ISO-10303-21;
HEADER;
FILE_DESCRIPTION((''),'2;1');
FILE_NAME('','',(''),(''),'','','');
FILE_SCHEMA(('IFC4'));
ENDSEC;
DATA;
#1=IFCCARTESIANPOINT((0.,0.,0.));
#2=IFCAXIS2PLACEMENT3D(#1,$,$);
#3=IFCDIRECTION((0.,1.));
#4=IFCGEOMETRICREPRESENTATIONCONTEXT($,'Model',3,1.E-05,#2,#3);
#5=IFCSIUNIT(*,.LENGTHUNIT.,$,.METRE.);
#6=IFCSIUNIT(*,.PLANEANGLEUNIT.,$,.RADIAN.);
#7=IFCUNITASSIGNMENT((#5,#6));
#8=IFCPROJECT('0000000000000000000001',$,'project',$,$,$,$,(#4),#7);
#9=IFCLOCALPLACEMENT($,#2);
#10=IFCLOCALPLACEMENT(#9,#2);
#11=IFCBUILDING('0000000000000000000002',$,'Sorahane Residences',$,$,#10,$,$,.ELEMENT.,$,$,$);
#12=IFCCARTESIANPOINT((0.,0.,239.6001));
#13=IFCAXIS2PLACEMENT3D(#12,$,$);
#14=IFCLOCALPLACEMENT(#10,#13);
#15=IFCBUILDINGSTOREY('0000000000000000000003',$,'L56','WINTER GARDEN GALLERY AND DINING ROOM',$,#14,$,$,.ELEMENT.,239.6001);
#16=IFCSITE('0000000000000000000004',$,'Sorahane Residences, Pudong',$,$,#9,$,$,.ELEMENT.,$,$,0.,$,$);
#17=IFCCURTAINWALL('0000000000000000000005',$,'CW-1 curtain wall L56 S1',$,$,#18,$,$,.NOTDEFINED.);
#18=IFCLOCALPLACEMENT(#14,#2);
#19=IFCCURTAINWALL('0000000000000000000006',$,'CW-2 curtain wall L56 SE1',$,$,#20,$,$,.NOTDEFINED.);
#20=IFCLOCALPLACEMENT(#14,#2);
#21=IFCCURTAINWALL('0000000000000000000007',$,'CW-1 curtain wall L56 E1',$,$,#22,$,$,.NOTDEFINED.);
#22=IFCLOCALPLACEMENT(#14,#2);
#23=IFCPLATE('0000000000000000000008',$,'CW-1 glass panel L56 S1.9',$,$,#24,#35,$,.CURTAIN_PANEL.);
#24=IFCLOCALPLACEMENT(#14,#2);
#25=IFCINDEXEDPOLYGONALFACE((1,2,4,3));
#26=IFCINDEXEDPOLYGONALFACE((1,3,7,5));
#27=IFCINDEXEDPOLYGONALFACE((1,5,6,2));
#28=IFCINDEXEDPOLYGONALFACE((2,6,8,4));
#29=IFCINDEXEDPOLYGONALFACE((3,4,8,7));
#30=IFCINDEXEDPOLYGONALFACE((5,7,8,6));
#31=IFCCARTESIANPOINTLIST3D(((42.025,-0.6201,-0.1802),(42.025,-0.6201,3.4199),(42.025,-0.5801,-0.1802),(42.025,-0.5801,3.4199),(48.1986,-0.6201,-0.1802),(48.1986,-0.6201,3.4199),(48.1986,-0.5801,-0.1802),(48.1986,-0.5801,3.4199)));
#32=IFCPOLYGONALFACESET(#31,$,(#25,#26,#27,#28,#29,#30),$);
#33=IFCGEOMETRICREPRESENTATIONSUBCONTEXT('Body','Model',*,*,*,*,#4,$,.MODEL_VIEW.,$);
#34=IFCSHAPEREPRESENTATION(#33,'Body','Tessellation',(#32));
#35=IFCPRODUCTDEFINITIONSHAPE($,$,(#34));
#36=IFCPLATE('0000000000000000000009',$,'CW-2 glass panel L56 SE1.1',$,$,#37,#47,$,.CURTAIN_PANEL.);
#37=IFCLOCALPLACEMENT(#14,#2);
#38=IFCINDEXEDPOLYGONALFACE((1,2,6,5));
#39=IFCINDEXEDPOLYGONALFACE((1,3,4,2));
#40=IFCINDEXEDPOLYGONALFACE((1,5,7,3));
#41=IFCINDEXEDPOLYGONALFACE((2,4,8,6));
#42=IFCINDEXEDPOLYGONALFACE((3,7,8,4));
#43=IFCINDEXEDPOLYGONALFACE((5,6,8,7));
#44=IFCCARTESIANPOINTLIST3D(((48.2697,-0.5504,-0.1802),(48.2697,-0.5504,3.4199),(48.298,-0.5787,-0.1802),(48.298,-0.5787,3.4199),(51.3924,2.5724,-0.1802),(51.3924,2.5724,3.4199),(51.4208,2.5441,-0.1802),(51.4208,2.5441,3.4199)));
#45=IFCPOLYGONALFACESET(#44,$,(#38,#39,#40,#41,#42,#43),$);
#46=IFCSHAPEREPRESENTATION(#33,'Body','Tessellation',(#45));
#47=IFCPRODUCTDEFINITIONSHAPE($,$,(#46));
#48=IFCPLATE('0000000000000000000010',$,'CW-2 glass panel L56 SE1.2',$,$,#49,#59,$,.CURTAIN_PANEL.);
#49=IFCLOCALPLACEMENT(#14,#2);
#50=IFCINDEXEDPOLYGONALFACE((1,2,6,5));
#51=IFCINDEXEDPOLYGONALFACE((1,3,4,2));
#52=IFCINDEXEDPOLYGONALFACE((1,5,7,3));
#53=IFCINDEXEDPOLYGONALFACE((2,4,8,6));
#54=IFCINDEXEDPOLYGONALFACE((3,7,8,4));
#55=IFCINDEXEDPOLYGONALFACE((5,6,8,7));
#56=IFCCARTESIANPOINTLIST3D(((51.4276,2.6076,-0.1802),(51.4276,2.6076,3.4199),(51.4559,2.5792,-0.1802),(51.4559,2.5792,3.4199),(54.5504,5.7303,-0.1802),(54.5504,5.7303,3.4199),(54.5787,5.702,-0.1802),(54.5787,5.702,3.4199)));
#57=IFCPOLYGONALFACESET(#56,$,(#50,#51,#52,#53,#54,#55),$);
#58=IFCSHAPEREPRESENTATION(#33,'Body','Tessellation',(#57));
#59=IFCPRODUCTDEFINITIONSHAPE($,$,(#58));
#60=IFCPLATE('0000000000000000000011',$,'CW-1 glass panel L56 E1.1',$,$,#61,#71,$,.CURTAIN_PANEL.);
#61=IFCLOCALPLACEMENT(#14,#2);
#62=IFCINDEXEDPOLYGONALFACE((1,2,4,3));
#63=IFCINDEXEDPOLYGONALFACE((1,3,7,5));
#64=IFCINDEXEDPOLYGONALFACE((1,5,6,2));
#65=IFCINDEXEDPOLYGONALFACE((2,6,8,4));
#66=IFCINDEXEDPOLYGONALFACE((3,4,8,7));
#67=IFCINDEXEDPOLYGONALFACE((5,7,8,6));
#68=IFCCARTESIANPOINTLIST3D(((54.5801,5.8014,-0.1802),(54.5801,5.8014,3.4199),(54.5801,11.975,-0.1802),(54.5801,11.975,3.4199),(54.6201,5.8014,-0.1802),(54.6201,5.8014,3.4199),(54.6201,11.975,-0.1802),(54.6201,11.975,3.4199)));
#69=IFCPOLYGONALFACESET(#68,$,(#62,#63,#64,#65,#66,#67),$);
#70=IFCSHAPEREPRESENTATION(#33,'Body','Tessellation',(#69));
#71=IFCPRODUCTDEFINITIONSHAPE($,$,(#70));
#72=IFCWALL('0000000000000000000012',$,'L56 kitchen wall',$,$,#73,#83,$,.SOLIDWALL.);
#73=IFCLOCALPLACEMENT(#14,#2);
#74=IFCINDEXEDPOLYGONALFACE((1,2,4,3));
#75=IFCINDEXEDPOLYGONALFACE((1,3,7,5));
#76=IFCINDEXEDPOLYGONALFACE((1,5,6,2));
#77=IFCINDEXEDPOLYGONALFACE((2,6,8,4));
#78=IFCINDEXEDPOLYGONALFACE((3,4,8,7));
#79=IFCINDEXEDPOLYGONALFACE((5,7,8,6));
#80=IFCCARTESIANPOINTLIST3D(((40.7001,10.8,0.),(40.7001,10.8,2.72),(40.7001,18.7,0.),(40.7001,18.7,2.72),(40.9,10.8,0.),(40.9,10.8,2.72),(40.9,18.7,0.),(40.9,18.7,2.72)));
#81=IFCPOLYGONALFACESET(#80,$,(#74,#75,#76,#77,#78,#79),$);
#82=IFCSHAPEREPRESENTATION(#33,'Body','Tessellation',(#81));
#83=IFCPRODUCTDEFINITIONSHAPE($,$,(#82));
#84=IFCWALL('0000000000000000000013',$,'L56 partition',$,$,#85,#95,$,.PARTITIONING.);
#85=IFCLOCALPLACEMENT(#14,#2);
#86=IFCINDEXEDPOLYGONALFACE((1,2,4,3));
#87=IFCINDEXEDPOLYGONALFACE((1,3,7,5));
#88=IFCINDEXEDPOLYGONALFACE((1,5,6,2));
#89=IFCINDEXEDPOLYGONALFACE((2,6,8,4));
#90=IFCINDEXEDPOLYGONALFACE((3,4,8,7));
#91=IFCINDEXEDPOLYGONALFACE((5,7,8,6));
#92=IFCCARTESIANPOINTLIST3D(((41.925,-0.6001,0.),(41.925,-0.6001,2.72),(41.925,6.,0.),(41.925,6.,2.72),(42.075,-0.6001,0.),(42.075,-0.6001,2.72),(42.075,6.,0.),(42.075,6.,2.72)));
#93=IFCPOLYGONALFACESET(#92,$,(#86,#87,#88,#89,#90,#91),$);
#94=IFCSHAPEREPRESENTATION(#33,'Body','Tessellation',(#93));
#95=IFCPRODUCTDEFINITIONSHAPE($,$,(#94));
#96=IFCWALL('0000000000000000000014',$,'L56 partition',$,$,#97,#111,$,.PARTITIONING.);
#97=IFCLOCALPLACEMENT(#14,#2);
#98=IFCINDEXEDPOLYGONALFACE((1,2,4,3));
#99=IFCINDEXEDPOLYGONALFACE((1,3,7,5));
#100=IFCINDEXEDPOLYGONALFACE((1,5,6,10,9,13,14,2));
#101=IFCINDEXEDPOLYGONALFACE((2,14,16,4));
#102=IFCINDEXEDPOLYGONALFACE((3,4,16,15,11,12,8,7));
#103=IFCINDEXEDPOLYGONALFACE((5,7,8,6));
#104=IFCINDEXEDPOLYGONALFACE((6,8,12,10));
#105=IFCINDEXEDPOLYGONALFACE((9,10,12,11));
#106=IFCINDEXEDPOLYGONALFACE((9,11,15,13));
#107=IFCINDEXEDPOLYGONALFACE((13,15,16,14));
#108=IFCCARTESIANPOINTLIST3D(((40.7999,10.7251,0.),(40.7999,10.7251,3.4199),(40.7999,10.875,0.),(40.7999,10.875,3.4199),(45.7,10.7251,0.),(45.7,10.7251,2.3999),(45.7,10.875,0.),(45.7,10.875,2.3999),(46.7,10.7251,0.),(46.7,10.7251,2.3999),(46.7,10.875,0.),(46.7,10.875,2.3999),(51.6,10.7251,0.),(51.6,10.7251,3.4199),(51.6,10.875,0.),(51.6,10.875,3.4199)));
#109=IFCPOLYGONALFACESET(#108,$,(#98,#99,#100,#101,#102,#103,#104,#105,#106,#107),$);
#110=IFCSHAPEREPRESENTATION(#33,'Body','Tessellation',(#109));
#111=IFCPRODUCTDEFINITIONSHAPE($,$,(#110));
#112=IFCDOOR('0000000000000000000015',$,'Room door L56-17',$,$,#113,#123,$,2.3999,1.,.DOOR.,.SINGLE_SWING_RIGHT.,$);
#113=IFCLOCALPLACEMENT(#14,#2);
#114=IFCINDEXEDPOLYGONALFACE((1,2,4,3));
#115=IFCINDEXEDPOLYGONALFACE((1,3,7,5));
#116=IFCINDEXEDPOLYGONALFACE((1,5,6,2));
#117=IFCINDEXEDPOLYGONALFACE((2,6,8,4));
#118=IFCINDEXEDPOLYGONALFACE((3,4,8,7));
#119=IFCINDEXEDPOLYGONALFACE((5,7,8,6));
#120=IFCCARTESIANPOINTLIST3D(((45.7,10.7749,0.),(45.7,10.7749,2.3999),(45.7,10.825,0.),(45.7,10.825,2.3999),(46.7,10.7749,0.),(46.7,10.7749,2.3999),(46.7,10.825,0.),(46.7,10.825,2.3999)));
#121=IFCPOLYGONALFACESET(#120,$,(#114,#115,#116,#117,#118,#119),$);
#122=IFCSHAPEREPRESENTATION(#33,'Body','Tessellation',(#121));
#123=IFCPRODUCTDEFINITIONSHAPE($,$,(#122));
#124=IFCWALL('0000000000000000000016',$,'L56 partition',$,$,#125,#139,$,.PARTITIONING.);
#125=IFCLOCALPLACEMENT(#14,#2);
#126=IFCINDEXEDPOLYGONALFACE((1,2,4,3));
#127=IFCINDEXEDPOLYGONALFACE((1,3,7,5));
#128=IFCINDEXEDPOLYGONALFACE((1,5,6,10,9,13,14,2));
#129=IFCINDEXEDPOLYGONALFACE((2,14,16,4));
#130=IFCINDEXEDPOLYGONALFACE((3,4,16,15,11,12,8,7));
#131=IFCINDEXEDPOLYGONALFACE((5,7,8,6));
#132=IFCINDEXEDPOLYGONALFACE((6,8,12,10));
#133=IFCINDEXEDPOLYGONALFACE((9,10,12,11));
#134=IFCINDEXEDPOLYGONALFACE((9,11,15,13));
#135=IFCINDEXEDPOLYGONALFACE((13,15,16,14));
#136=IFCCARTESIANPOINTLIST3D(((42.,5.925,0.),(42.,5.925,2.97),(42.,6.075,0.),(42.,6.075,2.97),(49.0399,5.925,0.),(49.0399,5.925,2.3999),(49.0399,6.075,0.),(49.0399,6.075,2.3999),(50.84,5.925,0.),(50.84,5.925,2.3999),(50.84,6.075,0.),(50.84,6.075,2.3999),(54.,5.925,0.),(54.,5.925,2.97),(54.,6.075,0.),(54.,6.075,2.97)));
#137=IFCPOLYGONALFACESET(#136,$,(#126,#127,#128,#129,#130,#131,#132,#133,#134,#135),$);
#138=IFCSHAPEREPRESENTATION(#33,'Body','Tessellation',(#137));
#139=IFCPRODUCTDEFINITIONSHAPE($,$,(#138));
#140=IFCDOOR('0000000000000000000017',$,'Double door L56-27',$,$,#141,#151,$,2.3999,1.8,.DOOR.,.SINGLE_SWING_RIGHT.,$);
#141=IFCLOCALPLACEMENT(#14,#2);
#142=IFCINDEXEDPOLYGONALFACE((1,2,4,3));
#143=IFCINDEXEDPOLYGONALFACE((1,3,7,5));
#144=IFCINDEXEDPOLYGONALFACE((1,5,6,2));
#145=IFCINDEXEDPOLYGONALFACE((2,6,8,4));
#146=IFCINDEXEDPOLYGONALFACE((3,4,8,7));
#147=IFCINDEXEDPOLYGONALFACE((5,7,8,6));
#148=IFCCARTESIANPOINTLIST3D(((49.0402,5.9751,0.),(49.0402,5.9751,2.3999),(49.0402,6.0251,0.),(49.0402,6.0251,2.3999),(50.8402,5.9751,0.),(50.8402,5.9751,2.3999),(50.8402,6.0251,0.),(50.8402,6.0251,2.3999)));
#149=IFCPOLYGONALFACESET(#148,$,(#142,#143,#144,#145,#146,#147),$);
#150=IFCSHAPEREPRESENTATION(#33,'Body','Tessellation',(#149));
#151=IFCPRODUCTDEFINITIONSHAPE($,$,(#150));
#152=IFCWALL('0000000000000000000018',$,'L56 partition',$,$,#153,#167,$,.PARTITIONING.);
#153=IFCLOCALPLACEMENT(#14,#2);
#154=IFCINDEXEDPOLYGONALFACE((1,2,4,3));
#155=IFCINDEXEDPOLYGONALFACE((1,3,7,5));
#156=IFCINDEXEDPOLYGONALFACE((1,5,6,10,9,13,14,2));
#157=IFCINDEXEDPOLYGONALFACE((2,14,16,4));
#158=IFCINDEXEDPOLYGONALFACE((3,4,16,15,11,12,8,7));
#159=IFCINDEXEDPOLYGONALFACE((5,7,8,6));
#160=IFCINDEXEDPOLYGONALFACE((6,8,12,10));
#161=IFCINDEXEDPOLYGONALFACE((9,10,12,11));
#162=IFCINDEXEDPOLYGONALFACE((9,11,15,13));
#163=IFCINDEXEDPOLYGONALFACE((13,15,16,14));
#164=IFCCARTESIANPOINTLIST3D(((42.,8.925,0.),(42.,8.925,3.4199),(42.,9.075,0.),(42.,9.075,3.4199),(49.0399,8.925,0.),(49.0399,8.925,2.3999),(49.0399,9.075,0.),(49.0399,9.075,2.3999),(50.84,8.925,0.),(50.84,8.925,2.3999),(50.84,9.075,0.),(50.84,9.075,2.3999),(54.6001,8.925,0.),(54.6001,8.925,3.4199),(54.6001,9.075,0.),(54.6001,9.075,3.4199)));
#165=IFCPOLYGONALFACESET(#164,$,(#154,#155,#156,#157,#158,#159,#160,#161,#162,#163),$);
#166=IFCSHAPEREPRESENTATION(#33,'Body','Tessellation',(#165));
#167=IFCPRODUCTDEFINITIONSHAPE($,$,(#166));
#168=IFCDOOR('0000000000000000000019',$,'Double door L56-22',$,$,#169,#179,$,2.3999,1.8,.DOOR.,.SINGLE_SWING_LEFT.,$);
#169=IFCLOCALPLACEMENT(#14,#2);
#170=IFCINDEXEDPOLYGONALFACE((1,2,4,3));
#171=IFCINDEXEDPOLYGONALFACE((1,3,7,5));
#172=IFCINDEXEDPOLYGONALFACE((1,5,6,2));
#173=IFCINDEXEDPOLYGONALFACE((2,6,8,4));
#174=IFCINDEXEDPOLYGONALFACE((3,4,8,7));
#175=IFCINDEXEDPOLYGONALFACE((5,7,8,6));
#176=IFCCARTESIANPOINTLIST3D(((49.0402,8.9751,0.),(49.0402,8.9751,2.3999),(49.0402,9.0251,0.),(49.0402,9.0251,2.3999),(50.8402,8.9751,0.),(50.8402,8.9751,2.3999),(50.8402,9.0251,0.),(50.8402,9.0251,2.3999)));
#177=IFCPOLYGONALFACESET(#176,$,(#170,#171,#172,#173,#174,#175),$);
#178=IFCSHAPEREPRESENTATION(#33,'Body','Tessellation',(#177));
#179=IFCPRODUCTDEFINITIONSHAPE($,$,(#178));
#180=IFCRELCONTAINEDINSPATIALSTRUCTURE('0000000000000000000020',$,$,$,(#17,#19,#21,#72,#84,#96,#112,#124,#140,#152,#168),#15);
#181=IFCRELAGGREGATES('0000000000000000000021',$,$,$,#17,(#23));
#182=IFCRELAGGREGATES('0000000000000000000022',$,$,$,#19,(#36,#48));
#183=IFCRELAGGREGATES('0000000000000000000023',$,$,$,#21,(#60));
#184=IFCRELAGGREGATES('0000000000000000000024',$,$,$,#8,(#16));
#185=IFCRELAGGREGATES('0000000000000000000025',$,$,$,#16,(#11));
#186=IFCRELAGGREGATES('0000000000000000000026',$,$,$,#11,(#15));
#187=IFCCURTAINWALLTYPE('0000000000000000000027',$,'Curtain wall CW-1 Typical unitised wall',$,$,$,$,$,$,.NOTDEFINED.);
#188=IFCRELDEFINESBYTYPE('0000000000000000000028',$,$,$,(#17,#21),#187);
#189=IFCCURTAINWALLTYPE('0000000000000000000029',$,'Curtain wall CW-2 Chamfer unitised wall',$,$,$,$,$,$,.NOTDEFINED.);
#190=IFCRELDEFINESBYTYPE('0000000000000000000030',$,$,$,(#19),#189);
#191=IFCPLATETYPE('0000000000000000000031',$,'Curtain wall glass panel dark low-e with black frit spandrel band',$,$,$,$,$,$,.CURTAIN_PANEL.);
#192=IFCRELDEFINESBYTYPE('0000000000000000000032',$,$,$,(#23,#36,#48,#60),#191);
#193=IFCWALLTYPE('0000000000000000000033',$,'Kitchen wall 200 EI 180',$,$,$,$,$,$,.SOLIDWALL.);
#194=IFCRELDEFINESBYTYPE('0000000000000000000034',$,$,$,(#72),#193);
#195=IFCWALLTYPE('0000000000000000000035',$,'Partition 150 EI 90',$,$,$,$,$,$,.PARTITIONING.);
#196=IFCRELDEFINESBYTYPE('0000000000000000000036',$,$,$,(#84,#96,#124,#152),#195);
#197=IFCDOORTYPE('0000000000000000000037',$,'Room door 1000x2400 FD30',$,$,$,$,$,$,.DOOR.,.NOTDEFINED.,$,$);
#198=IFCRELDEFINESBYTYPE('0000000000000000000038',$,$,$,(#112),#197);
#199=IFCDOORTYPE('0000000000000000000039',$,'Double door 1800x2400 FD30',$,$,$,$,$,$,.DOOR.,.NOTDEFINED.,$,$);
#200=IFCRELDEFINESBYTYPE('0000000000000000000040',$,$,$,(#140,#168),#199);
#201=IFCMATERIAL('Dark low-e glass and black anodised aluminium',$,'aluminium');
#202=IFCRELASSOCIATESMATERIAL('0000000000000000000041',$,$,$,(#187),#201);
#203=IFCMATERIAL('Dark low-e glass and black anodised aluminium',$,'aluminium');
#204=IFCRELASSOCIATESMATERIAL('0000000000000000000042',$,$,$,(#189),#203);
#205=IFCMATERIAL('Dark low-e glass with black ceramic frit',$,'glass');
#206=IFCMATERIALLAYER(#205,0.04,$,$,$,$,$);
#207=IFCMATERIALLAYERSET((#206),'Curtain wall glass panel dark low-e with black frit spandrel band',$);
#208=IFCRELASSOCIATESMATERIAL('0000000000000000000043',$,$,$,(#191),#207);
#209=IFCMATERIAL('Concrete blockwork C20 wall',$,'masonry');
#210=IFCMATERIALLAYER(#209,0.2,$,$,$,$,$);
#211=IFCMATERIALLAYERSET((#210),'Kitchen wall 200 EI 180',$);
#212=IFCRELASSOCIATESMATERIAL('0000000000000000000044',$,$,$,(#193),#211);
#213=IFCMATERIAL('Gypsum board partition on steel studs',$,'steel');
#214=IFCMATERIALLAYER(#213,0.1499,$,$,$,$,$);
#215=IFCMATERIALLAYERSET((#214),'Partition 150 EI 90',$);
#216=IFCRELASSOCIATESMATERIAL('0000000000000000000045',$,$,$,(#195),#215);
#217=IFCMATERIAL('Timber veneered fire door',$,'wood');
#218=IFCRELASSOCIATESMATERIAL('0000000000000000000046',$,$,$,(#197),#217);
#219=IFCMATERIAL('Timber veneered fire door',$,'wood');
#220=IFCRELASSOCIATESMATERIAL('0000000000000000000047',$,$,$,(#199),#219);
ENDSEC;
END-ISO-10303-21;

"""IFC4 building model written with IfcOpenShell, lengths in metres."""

from ifc_helpers import new_model, si_unit, direction, frame, frame_2d, origin, origin_2d, place, context, subcontext, project, spatial, rectangle, extrude, material, layer, layer_set, type_object, element, fill, aggregate, save


model = new_model("IFC4")

# Units and contexts
model_context = context("Model", 3, precision=1e-05, world=origin(), true_north=direction((0.0, 1.0)))
body_context = subcontext(model_context, "Body", "Model", "MODEL_VIEW")
ifc_project = project(units=[si_unit("LENGTHUNIT", "METRE"), si_unit("PLANEANGLEUNIT", "RADIAN")], contexts=[model_context])

# Site, building, storey
site_placement = place(None, origin())
site = spatial("IfcSite", under=ifc_project, at=site_placement, Name="Sorahane Residences, Pudong", CompositionType="ELEMENT", RefElevation=0.0)
building_placement = place(site_placement, origin())
building = spatial("IfcBuilding", under=site, at=building_placement, Name="Sorahane Residences", CompositionType="ELEMENT")
storey_placement = place(building_placement, frame((0.0, 0.0, 239.6001)))
storey = spatial("IfcBuildingStorey", under=building, at=storey_placement, Name="L56", Description="WINTER GARDEN GALLERY AND DINING ROOM", CompositionType="ELEMENT", Elevation=239.6001)

# Curtain walls
ifc_material_1 = material(Name="Dark low-e glass and black anodised aluminium", Category="aluminium")
curtain_wall_type_1 = type_object("IfcCurtainWallType", Name="Curtain wall CW-1 Typical unitised wall", PredefinedType="NOTDEFINED", material=ifc_material_1)
curtain_wall_1_placement = place(storey_placement, origin())
curtain_wall_1 = element("IfcCurtainWall", 1, at=curtain_wall_1_placement, inside=storey, type_object=curtain_wall_type_1, Name="CW-1 curtain wall L56 S1", PredefinedType="NOTDEFINED")
ifc_material_2 = material(Name="Dark low-e glass and black anodised aluminium", Category="aluminium")
curtain_wall_type_2 = type_object("IfcCurtainWallType", Name="Curtain wall CW-2 Chamfer unitised wall", PredefinedType="NOTDEFINED", material=ifc_material_2)
curtain_wall_2_placement = place(storey_placement, origin())
curtain_wall_2 = element("IfcCurtainWall", 2, at=curtain_wall_2_placement, inside=storey, type_object=curtain_wall_type_2, Name="CW-2 curtain wall L56 SE1", PredefinedType="NOTDEFINED")

# Curtain wall
curtain_wall_3_placement = place(storey_placement, origin())
curtain_wall_3 = element("IfcCurtainWall", 3, at=curtain_wall_3_placement, inside=storey, type_object=curtain_wall_type_1, Name="CW-1 curtain wall L56 E1", PredefinedType="NOTDEFINED")

# Plates
ifc_material_3 = material(Name="Dark low-e glass with black ceramic frit", Category="glass")
ifc_layer_1 = layer(ifc_material_3, 0.04)
ifc_layer_set_1 = layer_set([ifc_layer_1], Name="Curtain wall glass panel dark low-e with black frit spandrel band")
plate_type = type_object("IfcPlateType", Name="Curtain wall glass panel dark low-e with black frit spandrel band", PredefinedType="CURTAIN_PANEL", material=ifc_layer_set_1)
plate_1_placement = place(storey_placement, frame((45.1118, -0.6001, -0.1802), z_axis=(0.0, 0.0, 1.0), x_axis=(1.0, 0.0, 0.0)))
plate_1 = element("IfcPlate", 4, at=plate_1_placement, type_object=plate_type, Name="CW-1 glass panel L56 S1.9", PredefinedType="CURTAIN_PANEL", context=body_context, shape_type="SweptSolid", body=[
    extrude(rectangle(XDim=6.1736, YDim=0.04, at=origin_2d()), origin(), (0.0, 0.0, 1.0), 3.6001),
])
aggregate(curtain_wall_1, [plate_1])
plate_2_placement = place(storey_placement, frame((49.8452, 0.9968, -0.1802), z_axis=(0.0, 0.0, 1.0), x_axis=(0.707107, 0.707107, 0.0)))
plate_2 = element("IfcPlate", 5, at=plate_2_placement, type_object=plate_type, Name="CW-2 glass panel L56 SE1.1", PredefinedType="CURTAIN_PANEL", context=body_context, shape_type="SweptSolid", body=[
    extrude(rectangle(XDim=4.4163, YDim=0.04, at=origin_2d()), origin(), (0.0, 0.0, 1.0), 3.6001),
])
plate_3_placement = place(storey_placement, frame((53.0032, 4.1548, -0.1802), z_axis=(0.0, 0.0, 1.0), x_axis=(0.707107, 0.707107, 0.0)))
plate_3 = element("IfcPlate", 6, at=plate_3_placement, type_object=plate_type, Name="CW-2 glass panel L56 SE1.2", PredefinedType="CURTAIN_PANEL", context=body_context, shape_type="SweptSolid", body=[
    extrude(rectangle(XDim=4.4163, YDim=0.04, at=origin_2d()), origin(), (0.0, 0.0, 1.0), 3.6001),
])
aggregate(curtain_wall_2, [plate_2, plate_3])
plate_4_placement = place(storey_placement, frame((54.6001, 8.8882, -0.1802), z_axis=(0.0, 0.0, 1.0), x_axis=(0.0, 1.0, 0.0)))
plate_4 = element("IfcPlate", 7, at=plate_4_placement, type_object=plate_type, Name="CW-1 glass panel L56 E1.1", PredefinedType="CURTAIN_PANEL", context=body_context, shape_type="SweptSolid", body=[
    extrude(rectangle(XDim=6.1736, YDim=0.04, at=origin_2d()), origin(), (0.0, 0.0, 1.0), 3.6001),
])
aggregate(curtain_wall_3, [plate_4])

# Walls
ifc_material_4 = material(Name="Concrete blockwork C20 wall", Category="masonry")
ifc_layer_2 = layer(ifc_material_4, 0.2)
ifc_layer_set_2 = layer_set([ifc_layer_2], Name="Kitchen wall 200 EI 180")
wall_type_1 = type_object("IfcWallType", Name="Kitchen wall 200 EI 180", PredefinedType="SOLIDWALL", material=ifc_layer_set_2)
wall_1_placement = place(storey_placement, frame((40.8, 10.8, 0.0), z_axis=(0.0, 0.0, 1.0), x_axis=(0.0, 1.0, 0.0)))
element("IfcWall", 8, at=wall_1_placement, inside=storey, type_object=wall_type_1, Name="L56 kitchen wall", PredefinedType="SOLIDWALL", context=body_context, shape_type="SweptSolid", body=[
    extrude(rectangle(XDim=7.8999, YDim=0.2, at=frame_2d((3.95, 0.0))), origin(), (0.0, 0.0, 1.0), 2.72),
])
ifc_material_5 = material(Name="Gypsum board partition on steel studs", Category="steel")
ifc_layer_3 = layer(ifc_material_5, 0.1499)
ifc_layer_set_3 = layer_set([ifc_layer_3], Name="Partition 150 EI 90")
wall_type_2 = type_object("IfcWallType", Name="Partition 150 EI 90", PredefinedType="PARTITIONING", material=ifc_layer_set_3)
wall_2_placement = place(storey_placement, frame((42.0, -0.6001, 0.0), z_axis=(0.0, 0.0, 1.0), x_axis=(0.0, 1.0, 0.0)))
element("IfcWall", 9, at=wall_2_placement, inside=storey, type_object=wall_type_2, Name="L56 partition", PredefinedType="PARTITIONING", context=body_context, shape_type="SweptSolid", body=[
    extrude(rectangle(XDim=6.6001, YDim=0.1499, at=frame_2d((3.3, 0.0))), origin(), (0.0, 0.0, 1.0), 2.72),
])

# Walls, openings, doors
wall_3_placement = place(storey_placement, frame((40.8, 10.8, 0.0), z_axis=(0.0, 0.0, 1.0), x_axis=(1.0, 0.0, 0.0)))
wall_3 = element("IfcWall", 10, at=wall_3_placement, inside=storey, type_object=wall_type_2, Name="L56 partition", PredefinedType="PARTITIONING", context=body_context, shape_type="SweptSolid", body=[
    extrude(rectangle(XDim=10.8, YDim=0.1499, at=frame_2d((5.3999, 0.0))), origin(), (0.0, 0.0, 1.0), 3.4199),
])
opening_1_placement = place(wall_3_placement, frame((4.8999, 0.0, 0.0)))
opening_1 = element("IfcOpeningElement", 11, at=opening_1_placement, cuts=wall_3, PredefinedType="OPENING", context=body_context, shape_type="SweptSolid", body=[
    extrude(rectangle(XDim=1.0, YDim=2.3999, at=frame_2d((0.5, 1.2))), frame((0.0, 0.085, 0.0), z_axis=(0.0, -1.0, 0.0), x_axis=(1.0, 0.0, 0.0)), (0.0, 0.0, 1.0), 0.1699),
])
ifc_material_6 = material(Name="Timber veneered fire door", Category="wood")
door_type_1 = type_object("IfcDoorType", Name="Room door 1000x2400 FD30", OperationType="NOTDEFINED", PredefinedType="DOOR", material=ifc_material_6)
door_1_placement = place(opening_1_placement, origin())
door_1 = element("IfcDoor", 12, at=door_1_placement, inside=storey, type_object=door_type_1, Name="Room door L56-17", OperationType="SINGLE_SWING_RIGHT", OverallHeight=2.3999, OverallWidth=1.0, PredefinedType="DOOR", context=body_context, shape_type="SweptSolid", body=[
    extrude(rectangle(XDim=1.0, YDim=2.3999, at=frame_2d((0.5, 1.2))), frame((0.0, 0.0249, 0.0), z_axis=(0.0, -1.0, 0.0), x_axis=(1.0, 0.0, 0.0)), (0.0, 0.0, 1.0), 0.05),
])
fill(opening_1, door_1)
wall_4_placement = place(storey_placement, frame((42.0, 6.0, 0.0), z_axis=(0.0, 0.0, 1.0), x_axis=(1.0, 0.0, 0.0)))
wall_4 = element("IfcWall", 13, at=wall_4_placement, inside=storey, type_object=wall_type_2, Name="L56 partition", PredefinedType="PARTITIONING", context=body_context, shape_type="SweptSolid", body=[
    extrude(rectangle(XDim=12.0, YDim=0.1499, at=frame_2d((6.0, 0.0))), origin(), (0.0, 0.0, 1.0), 2.97),
])
opening_2_placement = place(wall_4_placement, frame((7.04, 0.0, 0.0)))
opening_2 = element("IfcOpeningElement", 14, at=opening_2_placement, cuts=wall_4, PredefinedType="OPENING", context=body_context, shape_type="SweptSolid", body=[
    extrude(rectangle(XDim=1.8, YDim=2.3999, at=frame_2d((0.8999, 1.2))), frame((0.0, 0.085, 0.0), z_axis=(0.0, -1.0, 0.0), x_axis=(1.0, 0.0, 0.0)), (0.0, 0.0, 1.0), 0.1699),
])
ifc_material_7 = material(Name="Timber veneered fire door", Category="wood")
door_type_2 = type_object("IfcDoorType", Name="Double door 1800x2400 FD30", OperationType="NOTDEFINED", PredefinedType="DOOR", material=ifc_material_7)
door_2_placement = place(opening_2_placement, frame((1.8, 0.0, 0.0), z_axis=(0.0, 0.0, 1.0), x_axis=(-1.0, 0.0, 0.0)))
door_2 = element("IfcDoor", 15, at=door_2_placement, inside=storey, type_object=door_type_2, Name="Double door L56-27", OperationType="SINGLE_SWING_RIGHT", OverallHeight=2.3999, OverallWidth=1.8, PredefinedType="DOOR", context=body_context, shape_type="SweptSolid", body=[
    extrude(rectangle(XDim=1.8, YDim=2.3999, at=frame_2d((0.8999, 1.2))), frame((0.0, 0.0249, 0.0), z_axis=(0.0, -1.0, 0.0), x_axis=(1.0, 0.0, 0.0)), (0.0, 0.0, 1.0), 0.05),
])
fill(opening_2, door_2)
wall_5_placement = place(storey_placement, frame((42.0, 9.0, 0.0), z_axis=(0.0, 0.0, 1.0), x_axis=(1.0, 0.0, 0.0)))
wall_5 = element("IfcWall", 16, at=wall_5_placement, inside=storey, type_object=wall_type_2, Name="L56 partition", PredefinedType="PARTITIONING", context=body_context, shape_type="SweptSolid", body=[
    extrude(rectangle(XDim=12.6001, YDim=0.1499, at=frame_2d((6.3, 0.0))), origin(), (0.0, 0.0, 1.0), 3.4199),
])
opening_3_placement = place(wall_5_placement, frame((7.04, 0.0, 0.0)))
opening_3 = element("IfcOpeningElement", 17, at=opening_3_placement, cuts=wall_5, PredefinedType="OPENING", context=body_context, shape_type="SweptSolid", body=[
    extrude(rectangle(XDim=1.8, YDim=2.3999, at=frame_2d((0.8999, 1.2))), frame((0.0, 0.085, 0.0), z_axis=(0.0, -1.0, 0.0), x_axis=(1.0, 0.0, 0.0)), (0.0, 0.0, 1.0), 0.1699),
])
door_3_placement = place(opening_3_placement, frame((1.8, 0.0, 0.0), z_axis=(0.0, 0.0, 1.0), x_axis=(-1.0, 0.0, 0.0)))
door_3 = element("IfcDoor", 18, at=door_3_placement, inside=storey, type_object=door_type_2, Name="Double door L56-22", OperationType="SINGLE_SWING_LEFT", OverallHeight=2.3999, OverallWidth=1.8, PredefinedType="DOOR", context=body_context, shape_type="SweptSolid", body=[
    extrude(rectangle(XDim=1.8, YDim=2.3999, at=frame_2d((0.8999, 1.2))), frame((0.0, 0.0249, 0.0), z_axis=(0.0, -1.0, 0.0), x_axis=(1.0, 0.0, 0.0)), (0.0, 0.0, 1.0), 0.05),
])
fill(opening_3, door_3)

save(model, "model.ifc")
